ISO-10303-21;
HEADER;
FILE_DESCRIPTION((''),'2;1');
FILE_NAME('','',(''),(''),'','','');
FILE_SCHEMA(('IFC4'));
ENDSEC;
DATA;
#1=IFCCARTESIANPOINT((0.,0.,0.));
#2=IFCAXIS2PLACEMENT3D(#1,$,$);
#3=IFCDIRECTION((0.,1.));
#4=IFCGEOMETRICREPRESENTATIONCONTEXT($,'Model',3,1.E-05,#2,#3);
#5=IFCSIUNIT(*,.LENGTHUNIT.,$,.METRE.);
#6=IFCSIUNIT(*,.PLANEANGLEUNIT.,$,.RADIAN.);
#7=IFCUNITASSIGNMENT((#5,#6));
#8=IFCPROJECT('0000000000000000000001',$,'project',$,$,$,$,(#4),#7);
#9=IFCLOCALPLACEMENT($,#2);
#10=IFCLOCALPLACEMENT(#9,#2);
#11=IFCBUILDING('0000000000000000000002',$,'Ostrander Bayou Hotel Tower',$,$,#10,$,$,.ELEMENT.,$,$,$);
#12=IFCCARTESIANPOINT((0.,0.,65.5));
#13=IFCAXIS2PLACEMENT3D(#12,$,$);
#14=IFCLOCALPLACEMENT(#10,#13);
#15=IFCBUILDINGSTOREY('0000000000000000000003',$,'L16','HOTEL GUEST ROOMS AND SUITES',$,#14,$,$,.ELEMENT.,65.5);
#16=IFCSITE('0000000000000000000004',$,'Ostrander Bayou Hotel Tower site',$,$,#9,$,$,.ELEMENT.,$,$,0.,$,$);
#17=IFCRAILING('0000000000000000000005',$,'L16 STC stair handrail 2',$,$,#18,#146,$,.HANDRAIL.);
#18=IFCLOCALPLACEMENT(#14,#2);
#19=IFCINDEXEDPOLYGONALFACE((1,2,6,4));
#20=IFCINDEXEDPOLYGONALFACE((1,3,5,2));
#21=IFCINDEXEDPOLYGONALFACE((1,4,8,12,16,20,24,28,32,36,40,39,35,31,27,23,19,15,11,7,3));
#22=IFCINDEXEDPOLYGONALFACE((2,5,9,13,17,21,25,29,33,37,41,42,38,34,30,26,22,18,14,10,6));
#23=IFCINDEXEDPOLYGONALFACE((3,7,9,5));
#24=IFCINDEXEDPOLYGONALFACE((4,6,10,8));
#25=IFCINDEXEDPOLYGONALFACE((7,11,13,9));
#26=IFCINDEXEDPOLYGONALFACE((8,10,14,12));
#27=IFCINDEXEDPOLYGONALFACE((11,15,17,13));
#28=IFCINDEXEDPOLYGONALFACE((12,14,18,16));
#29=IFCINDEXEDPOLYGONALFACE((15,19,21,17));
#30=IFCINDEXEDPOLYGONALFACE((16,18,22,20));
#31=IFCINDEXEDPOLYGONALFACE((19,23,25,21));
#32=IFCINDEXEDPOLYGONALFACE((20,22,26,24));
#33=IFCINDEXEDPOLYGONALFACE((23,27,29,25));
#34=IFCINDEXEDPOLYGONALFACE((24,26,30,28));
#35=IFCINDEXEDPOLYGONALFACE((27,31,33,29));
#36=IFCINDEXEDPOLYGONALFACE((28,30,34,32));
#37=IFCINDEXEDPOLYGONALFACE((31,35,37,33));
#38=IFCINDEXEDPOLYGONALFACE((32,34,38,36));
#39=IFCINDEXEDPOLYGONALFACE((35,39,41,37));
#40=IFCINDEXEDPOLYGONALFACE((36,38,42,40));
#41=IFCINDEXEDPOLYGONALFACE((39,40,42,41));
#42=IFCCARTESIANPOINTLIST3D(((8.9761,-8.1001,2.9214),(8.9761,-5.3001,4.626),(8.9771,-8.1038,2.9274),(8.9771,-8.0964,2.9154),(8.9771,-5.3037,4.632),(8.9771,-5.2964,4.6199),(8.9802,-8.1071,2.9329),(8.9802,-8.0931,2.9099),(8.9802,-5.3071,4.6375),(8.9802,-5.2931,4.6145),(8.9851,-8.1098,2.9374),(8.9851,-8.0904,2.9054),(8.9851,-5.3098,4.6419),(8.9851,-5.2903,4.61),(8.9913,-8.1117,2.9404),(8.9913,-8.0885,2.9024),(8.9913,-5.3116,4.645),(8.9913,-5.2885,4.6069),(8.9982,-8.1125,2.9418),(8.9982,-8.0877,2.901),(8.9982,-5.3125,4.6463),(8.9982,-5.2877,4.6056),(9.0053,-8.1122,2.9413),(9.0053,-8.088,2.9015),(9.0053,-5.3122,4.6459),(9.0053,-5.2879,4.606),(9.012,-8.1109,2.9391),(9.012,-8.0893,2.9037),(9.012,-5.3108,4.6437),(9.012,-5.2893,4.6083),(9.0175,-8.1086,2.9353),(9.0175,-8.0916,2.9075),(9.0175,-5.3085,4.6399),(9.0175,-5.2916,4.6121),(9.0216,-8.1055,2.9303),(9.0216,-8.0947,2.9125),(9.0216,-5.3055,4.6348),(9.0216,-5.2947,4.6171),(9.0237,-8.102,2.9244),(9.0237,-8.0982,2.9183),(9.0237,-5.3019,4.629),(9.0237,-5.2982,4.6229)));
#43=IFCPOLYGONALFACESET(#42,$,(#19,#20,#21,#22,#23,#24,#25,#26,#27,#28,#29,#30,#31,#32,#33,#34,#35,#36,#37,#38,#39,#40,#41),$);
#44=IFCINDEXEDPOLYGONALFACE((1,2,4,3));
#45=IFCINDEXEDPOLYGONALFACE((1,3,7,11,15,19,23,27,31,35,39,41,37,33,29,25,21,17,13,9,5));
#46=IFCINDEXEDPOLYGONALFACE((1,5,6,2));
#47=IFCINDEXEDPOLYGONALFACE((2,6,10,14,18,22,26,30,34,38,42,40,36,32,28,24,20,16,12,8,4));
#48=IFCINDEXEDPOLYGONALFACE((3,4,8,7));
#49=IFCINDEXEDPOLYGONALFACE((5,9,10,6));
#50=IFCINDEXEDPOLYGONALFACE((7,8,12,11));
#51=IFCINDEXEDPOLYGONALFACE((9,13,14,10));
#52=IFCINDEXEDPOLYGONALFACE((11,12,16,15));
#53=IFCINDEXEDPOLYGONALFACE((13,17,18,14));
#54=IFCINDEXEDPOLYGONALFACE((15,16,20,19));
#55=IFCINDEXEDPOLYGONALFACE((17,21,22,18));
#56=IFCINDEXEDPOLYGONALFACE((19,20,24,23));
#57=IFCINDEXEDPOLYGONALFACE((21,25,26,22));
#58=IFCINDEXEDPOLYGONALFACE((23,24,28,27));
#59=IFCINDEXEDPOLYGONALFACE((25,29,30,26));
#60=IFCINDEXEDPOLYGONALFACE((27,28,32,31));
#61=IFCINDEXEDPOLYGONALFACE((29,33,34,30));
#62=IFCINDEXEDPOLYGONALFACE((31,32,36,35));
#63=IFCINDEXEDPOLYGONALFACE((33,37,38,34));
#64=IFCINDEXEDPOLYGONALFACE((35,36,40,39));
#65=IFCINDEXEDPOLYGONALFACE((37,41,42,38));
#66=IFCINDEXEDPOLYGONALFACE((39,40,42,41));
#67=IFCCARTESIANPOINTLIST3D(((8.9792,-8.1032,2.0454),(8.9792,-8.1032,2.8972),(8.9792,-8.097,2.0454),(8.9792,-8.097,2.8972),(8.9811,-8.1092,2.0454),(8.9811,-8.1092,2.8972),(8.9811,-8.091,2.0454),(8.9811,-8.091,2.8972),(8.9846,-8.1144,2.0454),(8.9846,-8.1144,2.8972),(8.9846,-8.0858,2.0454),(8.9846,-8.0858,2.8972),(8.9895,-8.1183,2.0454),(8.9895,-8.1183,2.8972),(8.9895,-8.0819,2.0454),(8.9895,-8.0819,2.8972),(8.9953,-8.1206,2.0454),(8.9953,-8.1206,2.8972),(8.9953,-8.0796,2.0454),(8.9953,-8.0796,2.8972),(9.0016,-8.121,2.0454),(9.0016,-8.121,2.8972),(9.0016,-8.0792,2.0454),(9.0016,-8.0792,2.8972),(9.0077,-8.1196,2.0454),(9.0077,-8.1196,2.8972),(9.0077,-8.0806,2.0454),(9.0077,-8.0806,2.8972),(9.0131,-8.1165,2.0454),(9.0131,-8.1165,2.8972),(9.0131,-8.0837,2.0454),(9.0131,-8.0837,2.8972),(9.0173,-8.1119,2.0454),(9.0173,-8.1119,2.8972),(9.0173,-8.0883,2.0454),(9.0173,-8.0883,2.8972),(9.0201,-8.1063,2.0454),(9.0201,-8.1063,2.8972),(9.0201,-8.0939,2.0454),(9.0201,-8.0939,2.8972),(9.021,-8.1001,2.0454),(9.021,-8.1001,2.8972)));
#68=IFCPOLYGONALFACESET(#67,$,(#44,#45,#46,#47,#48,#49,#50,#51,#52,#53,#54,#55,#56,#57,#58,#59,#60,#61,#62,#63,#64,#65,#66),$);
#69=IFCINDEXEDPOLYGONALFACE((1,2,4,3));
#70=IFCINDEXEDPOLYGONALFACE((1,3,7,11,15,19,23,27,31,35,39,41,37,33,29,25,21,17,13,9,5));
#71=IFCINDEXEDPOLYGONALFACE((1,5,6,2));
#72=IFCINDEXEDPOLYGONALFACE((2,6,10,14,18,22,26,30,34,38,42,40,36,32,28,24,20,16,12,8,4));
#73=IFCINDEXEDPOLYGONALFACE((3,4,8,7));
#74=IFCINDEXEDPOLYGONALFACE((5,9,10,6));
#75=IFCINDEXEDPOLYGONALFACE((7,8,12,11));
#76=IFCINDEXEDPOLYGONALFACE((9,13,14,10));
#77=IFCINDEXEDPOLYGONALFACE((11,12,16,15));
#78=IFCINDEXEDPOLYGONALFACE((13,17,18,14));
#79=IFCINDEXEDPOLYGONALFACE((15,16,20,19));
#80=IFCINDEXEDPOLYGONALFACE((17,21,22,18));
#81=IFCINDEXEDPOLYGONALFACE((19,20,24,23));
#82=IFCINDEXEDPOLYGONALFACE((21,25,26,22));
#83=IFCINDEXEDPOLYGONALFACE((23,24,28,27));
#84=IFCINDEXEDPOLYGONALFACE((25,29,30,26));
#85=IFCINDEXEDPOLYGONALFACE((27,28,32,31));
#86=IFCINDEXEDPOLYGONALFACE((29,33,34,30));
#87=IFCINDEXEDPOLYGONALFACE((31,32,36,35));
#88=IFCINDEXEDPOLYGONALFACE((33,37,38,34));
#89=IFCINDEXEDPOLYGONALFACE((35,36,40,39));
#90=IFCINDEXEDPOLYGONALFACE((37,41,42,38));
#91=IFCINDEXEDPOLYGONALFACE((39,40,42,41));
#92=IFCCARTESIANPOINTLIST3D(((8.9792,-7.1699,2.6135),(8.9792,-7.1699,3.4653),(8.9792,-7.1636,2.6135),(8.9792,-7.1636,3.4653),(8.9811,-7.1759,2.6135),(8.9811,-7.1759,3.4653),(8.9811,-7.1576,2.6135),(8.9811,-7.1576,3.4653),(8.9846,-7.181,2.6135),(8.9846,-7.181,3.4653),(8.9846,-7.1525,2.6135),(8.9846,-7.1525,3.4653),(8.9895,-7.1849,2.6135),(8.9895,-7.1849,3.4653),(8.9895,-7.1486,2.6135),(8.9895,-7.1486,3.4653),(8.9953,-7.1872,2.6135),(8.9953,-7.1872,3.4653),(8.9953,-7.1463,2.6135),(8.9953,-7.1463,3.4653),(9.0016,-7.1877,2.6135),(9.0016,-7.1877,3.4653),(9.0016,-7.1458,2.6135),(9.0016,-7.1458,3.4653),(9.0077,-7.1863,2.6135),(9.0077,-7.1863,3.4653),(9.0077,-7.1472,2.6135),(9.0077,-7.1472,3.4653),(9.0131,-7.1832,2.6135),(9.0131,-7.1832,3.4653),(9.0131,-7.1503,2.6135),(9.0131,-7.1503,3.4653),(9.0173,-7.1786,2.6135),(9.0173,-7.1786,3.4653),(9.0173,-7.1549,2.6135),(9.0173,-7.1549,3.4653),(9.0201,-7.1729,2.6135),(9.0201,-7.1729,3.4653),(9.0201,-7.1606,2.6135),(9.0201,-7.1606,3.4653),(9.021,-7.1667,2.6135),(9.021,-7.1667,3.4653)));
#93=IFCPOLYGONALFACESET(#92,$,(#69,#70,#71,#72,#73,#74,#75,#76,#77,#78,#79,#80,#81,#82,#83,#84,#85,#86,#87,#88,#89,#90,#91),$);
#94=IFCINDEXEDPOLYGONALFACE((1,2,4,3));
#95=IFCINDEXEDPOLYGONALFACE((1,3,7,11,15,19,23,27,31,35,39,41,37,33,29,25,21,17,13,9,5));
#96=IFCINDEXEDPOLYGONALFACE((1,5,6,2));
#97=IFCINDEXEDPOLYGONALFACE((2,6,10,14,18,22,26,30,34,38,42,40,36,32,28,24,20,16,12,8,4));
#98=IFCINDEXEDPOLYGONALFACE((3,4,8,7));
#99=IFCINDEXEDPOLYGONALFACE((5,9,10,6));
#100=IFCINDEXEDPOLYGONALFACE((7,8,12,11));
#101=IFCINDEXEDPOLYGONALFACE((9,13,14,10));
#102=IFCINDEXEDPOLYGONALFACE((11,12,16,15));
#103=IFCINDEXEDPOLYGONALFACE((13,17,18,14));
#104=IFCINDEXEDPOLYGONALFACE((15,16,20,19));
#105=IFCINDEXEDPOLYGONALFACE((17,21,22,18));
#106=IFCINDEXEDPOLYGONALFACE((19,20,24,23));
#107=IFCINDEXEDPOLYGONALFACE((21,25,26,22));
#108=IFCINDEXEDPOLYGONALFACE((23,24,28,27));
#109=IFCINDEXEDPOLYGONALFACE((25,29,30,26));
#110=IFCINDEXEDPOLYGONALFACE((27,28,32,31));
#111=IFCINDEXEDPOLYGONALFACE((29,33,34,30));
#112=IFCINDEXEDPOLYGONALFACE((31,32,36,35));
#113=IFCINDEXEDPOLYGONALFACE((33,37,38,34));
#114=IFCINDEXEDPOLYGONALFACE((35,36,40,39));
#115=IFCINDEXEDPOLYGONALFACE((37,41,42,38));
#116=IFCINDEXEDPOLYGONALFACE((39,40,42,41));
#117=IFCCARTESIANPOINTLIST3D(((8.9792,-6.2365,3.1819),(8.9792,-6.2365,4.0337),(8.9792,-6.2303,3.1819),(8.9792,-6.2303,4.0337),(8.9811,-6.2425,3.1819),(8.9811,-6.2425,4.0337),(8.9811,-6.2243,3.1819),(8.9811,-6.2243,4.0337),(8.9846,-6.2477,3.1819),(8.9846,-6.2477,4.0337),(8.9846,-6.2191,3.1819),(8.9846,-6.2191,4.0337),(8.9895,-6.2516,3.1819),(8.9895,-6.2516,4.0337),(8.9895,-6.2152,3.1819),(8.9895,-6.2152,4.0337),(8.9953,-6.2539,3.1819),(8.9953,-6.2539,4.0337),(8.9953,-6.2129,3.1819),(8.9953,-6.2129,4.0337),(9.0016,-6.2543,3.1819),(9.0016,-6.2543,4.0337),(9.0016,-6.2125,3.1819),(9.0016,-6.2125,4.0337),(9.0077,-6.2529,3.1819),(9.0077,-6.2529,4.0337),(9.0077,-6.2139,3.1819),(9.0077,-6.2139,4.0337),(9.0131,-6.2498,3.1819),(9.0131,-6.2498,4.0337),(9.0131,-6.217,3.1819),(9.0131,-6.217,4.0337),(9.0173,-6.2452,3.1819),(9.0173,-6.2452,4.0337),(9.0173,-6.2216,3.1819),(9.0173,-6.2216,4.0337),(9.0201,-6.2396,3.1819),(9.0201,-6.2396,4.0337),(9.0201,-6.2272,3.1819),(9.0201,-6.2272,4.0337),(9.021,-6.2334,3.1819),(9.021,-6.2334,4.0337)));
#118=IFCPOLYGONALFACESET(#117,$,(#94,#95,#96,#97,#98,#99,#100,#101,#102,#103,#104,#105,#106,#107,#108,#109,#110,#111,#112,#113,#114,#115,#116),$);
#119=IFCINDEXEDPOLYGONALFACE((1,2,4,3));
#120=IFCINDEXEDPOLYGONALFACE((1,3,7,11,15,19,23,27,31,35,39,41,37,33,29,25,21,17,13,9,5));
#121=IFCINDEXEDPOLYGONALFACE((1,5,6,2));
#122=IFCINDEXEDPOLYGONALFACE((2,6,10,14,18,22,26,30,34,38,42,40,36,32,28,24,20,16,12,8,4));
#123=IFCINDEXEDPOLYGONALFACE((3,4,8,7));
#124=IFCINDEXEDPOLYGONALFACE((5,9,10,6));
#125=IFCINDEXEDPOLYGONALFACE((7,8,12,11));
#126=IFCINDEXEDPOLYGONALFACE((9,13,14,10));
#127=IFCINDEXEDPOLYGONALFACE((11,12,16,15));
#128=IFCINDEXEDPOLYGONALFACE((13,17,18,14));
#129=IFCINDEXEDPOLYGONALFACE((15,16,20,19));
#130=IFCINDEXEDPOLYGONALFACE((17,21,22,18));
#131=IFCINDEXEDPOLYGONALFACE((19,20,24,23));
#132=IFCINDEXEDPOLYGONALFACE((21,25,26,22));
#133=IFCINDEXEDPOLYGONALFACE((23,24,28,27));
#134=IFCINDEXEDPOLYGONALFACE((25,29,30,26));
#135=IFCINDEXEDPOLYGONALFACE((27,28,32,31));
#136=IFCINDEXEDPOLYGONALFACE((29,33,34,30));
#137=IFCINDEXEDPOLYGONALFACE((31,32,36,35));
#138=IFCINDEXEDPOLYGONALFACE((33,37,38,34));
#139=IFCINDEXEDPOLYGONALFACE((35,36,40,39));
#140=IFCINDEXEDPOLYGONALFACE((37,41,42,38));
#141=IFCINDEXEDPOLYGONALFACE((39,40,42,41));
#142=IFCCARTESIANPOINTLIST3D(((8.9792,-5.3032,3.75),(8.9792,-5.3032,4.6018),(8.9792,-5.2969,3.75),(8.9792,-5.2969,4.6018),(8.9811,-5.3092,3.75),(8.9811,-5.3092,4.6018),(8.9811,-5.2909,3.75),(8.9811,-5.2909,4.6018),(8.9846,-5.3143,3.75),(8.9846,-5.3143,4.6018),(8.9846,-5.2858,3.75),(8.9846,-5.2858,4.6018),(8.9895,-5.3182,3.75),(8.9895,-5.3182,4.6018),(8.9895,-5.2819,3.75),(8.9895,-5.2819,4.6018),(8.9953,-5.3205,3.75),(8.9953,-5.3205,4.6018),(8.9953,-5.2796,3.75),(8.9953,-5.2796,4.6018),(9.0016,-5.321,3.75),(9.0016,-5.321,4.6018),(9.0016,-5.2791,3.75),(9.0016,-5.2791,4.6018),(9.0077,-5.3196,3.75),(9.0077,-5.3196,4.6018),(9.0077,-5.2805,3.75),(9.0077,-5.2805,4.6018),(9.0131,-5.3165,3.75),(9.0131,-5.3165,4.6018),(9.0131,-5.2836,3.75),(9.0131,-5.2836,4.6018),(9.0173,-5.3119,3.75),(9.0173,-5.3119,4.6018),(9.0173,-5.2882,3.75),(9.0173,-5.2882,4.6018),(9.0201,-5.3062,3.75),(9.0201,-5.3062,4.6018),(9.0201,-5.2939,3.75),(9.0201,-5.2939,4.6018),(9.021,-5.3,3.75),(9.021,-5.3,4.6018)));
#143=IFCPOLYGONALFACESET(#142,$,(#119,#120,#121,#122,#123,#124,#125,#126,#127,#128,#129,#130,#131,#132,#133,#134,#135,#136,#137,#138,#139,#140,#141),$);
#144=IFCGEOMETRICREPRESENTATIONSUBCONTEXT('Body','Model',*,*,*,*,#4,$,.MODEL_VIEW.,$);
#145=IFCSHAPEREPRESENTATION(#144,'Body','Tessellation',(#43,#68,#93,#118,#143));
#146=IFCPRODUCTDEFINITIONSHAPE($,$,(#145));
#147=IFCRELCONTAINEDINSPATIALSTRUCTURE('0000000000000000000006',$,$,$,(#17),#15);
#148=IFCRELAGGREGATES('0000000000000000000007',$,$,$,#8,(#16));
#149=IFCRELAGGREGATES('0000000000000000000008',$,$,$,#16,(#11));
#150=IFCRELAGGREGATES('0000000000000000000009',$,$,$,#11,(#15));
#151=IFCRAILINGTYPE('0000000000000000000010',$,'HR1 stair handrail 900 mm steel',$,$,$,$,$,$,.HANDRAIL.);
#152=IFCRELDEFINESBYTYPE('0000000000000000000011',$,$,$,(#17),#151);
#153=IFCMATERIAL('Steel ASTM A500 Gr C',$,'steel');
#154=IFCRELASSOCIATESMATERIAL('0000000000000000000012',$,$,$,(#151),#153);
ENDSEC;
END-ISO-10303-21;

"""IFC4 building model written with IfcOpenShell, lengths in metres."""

from ifc_helpers import new_model, si_unit, direction, frame, origin, origin_2d, place, context, subcontext, project, spatial, circle, extrude, material, type_object, element, save


model = new_model("IFC4")

# Units and contexts
model_context = context("Model", 3, precision=1e-05, world=origin(), true_north=direction((0.0, 1.0)))
body_context = subcontext(model_context, "Body", "Model", "MODEL_VIEW")
ifc_project = project(units=[si_unit("LENGTHUNIT", "METRE"), si_unit("PLANEANGLEUNIT", "RADIAN")], contexts=[model_context])

# Site, building, storey
site_placement = place(None, origin())
site = spatial("IfcSite", under=ifc_project, at=site_placement, Name="Ostrander Bayou Hotel Tower site", CompositionType="ELEMENT", RefElevation=0.0)
building_placement = place(site_placement, origin())
building = spatial("IfcBuilding", under=site, at=building_placement, Name="Ostrander Bayou Hotel Tower", CompositionType="ELEMENT")
storey_placement = place(building_placement, frame((0.0, 0.0, 65.5)))
storey = spatial("IfcBuildingStorey", under=building, at=storey_placement, Name="L16", Description="HOTEL GUEST ROOMS AND SUITES", CompositionType="ELEMENT", Elevation=65.5)

# Railing
ifc_material_1 = material(Name="Steel ASTM A500 Gr C", Category="steel")
railing_type_1 = type_object("IfcRailingType", Name="HR1 stair handrail 900 mm steel", PredefinedType="HANDRAIL", material=ifc_material_1)
railing_1_placement = place(storey_placement, frame((9.0, -8.1001, 2.0454)))
element("IfcRailing", 1, at=railing_1_placement, inside=storey, type_object=railing_type_1, Name="L16 STC stair handrail 2", PredefinedType="HANDRAIL", context=body_context, shape_type="SweptSolid", body=[
    extrude(circle(Radius=0.0239, at=origin_2d()), frame((0.0, 0.0, 0.876), z_axis=(0.0, 0.85417, 0.519994), x_axis=(-1.0, 0.0, 0.0)), (0.0, 0.0, 1.0), 3.2781),
    extrude(circle(Radius=0.021, at=origin_2d()), origin(), (0.0, 0.0, 1.0), 0.8518),
    extrude(circle(Radius=0.021, at=origin_2d()), frame((0.0, 0.9333, 0.5681)), (0.0, 0.0, 1.0), 0.8518),
    extrude(circle(Radius=0.021, at=origin_2d()), frame((0.0, 1.8667, 1.1365)), (0.0, 0.0, 1.0), 0.8518),
    extrude(circle(Radius=0.021, at=origin_2d()), frame((0.0, 2.8, 1.7046)), (0.0, 0.0, 1.0), 0.8518),
])

save(model, "model.ifc")
